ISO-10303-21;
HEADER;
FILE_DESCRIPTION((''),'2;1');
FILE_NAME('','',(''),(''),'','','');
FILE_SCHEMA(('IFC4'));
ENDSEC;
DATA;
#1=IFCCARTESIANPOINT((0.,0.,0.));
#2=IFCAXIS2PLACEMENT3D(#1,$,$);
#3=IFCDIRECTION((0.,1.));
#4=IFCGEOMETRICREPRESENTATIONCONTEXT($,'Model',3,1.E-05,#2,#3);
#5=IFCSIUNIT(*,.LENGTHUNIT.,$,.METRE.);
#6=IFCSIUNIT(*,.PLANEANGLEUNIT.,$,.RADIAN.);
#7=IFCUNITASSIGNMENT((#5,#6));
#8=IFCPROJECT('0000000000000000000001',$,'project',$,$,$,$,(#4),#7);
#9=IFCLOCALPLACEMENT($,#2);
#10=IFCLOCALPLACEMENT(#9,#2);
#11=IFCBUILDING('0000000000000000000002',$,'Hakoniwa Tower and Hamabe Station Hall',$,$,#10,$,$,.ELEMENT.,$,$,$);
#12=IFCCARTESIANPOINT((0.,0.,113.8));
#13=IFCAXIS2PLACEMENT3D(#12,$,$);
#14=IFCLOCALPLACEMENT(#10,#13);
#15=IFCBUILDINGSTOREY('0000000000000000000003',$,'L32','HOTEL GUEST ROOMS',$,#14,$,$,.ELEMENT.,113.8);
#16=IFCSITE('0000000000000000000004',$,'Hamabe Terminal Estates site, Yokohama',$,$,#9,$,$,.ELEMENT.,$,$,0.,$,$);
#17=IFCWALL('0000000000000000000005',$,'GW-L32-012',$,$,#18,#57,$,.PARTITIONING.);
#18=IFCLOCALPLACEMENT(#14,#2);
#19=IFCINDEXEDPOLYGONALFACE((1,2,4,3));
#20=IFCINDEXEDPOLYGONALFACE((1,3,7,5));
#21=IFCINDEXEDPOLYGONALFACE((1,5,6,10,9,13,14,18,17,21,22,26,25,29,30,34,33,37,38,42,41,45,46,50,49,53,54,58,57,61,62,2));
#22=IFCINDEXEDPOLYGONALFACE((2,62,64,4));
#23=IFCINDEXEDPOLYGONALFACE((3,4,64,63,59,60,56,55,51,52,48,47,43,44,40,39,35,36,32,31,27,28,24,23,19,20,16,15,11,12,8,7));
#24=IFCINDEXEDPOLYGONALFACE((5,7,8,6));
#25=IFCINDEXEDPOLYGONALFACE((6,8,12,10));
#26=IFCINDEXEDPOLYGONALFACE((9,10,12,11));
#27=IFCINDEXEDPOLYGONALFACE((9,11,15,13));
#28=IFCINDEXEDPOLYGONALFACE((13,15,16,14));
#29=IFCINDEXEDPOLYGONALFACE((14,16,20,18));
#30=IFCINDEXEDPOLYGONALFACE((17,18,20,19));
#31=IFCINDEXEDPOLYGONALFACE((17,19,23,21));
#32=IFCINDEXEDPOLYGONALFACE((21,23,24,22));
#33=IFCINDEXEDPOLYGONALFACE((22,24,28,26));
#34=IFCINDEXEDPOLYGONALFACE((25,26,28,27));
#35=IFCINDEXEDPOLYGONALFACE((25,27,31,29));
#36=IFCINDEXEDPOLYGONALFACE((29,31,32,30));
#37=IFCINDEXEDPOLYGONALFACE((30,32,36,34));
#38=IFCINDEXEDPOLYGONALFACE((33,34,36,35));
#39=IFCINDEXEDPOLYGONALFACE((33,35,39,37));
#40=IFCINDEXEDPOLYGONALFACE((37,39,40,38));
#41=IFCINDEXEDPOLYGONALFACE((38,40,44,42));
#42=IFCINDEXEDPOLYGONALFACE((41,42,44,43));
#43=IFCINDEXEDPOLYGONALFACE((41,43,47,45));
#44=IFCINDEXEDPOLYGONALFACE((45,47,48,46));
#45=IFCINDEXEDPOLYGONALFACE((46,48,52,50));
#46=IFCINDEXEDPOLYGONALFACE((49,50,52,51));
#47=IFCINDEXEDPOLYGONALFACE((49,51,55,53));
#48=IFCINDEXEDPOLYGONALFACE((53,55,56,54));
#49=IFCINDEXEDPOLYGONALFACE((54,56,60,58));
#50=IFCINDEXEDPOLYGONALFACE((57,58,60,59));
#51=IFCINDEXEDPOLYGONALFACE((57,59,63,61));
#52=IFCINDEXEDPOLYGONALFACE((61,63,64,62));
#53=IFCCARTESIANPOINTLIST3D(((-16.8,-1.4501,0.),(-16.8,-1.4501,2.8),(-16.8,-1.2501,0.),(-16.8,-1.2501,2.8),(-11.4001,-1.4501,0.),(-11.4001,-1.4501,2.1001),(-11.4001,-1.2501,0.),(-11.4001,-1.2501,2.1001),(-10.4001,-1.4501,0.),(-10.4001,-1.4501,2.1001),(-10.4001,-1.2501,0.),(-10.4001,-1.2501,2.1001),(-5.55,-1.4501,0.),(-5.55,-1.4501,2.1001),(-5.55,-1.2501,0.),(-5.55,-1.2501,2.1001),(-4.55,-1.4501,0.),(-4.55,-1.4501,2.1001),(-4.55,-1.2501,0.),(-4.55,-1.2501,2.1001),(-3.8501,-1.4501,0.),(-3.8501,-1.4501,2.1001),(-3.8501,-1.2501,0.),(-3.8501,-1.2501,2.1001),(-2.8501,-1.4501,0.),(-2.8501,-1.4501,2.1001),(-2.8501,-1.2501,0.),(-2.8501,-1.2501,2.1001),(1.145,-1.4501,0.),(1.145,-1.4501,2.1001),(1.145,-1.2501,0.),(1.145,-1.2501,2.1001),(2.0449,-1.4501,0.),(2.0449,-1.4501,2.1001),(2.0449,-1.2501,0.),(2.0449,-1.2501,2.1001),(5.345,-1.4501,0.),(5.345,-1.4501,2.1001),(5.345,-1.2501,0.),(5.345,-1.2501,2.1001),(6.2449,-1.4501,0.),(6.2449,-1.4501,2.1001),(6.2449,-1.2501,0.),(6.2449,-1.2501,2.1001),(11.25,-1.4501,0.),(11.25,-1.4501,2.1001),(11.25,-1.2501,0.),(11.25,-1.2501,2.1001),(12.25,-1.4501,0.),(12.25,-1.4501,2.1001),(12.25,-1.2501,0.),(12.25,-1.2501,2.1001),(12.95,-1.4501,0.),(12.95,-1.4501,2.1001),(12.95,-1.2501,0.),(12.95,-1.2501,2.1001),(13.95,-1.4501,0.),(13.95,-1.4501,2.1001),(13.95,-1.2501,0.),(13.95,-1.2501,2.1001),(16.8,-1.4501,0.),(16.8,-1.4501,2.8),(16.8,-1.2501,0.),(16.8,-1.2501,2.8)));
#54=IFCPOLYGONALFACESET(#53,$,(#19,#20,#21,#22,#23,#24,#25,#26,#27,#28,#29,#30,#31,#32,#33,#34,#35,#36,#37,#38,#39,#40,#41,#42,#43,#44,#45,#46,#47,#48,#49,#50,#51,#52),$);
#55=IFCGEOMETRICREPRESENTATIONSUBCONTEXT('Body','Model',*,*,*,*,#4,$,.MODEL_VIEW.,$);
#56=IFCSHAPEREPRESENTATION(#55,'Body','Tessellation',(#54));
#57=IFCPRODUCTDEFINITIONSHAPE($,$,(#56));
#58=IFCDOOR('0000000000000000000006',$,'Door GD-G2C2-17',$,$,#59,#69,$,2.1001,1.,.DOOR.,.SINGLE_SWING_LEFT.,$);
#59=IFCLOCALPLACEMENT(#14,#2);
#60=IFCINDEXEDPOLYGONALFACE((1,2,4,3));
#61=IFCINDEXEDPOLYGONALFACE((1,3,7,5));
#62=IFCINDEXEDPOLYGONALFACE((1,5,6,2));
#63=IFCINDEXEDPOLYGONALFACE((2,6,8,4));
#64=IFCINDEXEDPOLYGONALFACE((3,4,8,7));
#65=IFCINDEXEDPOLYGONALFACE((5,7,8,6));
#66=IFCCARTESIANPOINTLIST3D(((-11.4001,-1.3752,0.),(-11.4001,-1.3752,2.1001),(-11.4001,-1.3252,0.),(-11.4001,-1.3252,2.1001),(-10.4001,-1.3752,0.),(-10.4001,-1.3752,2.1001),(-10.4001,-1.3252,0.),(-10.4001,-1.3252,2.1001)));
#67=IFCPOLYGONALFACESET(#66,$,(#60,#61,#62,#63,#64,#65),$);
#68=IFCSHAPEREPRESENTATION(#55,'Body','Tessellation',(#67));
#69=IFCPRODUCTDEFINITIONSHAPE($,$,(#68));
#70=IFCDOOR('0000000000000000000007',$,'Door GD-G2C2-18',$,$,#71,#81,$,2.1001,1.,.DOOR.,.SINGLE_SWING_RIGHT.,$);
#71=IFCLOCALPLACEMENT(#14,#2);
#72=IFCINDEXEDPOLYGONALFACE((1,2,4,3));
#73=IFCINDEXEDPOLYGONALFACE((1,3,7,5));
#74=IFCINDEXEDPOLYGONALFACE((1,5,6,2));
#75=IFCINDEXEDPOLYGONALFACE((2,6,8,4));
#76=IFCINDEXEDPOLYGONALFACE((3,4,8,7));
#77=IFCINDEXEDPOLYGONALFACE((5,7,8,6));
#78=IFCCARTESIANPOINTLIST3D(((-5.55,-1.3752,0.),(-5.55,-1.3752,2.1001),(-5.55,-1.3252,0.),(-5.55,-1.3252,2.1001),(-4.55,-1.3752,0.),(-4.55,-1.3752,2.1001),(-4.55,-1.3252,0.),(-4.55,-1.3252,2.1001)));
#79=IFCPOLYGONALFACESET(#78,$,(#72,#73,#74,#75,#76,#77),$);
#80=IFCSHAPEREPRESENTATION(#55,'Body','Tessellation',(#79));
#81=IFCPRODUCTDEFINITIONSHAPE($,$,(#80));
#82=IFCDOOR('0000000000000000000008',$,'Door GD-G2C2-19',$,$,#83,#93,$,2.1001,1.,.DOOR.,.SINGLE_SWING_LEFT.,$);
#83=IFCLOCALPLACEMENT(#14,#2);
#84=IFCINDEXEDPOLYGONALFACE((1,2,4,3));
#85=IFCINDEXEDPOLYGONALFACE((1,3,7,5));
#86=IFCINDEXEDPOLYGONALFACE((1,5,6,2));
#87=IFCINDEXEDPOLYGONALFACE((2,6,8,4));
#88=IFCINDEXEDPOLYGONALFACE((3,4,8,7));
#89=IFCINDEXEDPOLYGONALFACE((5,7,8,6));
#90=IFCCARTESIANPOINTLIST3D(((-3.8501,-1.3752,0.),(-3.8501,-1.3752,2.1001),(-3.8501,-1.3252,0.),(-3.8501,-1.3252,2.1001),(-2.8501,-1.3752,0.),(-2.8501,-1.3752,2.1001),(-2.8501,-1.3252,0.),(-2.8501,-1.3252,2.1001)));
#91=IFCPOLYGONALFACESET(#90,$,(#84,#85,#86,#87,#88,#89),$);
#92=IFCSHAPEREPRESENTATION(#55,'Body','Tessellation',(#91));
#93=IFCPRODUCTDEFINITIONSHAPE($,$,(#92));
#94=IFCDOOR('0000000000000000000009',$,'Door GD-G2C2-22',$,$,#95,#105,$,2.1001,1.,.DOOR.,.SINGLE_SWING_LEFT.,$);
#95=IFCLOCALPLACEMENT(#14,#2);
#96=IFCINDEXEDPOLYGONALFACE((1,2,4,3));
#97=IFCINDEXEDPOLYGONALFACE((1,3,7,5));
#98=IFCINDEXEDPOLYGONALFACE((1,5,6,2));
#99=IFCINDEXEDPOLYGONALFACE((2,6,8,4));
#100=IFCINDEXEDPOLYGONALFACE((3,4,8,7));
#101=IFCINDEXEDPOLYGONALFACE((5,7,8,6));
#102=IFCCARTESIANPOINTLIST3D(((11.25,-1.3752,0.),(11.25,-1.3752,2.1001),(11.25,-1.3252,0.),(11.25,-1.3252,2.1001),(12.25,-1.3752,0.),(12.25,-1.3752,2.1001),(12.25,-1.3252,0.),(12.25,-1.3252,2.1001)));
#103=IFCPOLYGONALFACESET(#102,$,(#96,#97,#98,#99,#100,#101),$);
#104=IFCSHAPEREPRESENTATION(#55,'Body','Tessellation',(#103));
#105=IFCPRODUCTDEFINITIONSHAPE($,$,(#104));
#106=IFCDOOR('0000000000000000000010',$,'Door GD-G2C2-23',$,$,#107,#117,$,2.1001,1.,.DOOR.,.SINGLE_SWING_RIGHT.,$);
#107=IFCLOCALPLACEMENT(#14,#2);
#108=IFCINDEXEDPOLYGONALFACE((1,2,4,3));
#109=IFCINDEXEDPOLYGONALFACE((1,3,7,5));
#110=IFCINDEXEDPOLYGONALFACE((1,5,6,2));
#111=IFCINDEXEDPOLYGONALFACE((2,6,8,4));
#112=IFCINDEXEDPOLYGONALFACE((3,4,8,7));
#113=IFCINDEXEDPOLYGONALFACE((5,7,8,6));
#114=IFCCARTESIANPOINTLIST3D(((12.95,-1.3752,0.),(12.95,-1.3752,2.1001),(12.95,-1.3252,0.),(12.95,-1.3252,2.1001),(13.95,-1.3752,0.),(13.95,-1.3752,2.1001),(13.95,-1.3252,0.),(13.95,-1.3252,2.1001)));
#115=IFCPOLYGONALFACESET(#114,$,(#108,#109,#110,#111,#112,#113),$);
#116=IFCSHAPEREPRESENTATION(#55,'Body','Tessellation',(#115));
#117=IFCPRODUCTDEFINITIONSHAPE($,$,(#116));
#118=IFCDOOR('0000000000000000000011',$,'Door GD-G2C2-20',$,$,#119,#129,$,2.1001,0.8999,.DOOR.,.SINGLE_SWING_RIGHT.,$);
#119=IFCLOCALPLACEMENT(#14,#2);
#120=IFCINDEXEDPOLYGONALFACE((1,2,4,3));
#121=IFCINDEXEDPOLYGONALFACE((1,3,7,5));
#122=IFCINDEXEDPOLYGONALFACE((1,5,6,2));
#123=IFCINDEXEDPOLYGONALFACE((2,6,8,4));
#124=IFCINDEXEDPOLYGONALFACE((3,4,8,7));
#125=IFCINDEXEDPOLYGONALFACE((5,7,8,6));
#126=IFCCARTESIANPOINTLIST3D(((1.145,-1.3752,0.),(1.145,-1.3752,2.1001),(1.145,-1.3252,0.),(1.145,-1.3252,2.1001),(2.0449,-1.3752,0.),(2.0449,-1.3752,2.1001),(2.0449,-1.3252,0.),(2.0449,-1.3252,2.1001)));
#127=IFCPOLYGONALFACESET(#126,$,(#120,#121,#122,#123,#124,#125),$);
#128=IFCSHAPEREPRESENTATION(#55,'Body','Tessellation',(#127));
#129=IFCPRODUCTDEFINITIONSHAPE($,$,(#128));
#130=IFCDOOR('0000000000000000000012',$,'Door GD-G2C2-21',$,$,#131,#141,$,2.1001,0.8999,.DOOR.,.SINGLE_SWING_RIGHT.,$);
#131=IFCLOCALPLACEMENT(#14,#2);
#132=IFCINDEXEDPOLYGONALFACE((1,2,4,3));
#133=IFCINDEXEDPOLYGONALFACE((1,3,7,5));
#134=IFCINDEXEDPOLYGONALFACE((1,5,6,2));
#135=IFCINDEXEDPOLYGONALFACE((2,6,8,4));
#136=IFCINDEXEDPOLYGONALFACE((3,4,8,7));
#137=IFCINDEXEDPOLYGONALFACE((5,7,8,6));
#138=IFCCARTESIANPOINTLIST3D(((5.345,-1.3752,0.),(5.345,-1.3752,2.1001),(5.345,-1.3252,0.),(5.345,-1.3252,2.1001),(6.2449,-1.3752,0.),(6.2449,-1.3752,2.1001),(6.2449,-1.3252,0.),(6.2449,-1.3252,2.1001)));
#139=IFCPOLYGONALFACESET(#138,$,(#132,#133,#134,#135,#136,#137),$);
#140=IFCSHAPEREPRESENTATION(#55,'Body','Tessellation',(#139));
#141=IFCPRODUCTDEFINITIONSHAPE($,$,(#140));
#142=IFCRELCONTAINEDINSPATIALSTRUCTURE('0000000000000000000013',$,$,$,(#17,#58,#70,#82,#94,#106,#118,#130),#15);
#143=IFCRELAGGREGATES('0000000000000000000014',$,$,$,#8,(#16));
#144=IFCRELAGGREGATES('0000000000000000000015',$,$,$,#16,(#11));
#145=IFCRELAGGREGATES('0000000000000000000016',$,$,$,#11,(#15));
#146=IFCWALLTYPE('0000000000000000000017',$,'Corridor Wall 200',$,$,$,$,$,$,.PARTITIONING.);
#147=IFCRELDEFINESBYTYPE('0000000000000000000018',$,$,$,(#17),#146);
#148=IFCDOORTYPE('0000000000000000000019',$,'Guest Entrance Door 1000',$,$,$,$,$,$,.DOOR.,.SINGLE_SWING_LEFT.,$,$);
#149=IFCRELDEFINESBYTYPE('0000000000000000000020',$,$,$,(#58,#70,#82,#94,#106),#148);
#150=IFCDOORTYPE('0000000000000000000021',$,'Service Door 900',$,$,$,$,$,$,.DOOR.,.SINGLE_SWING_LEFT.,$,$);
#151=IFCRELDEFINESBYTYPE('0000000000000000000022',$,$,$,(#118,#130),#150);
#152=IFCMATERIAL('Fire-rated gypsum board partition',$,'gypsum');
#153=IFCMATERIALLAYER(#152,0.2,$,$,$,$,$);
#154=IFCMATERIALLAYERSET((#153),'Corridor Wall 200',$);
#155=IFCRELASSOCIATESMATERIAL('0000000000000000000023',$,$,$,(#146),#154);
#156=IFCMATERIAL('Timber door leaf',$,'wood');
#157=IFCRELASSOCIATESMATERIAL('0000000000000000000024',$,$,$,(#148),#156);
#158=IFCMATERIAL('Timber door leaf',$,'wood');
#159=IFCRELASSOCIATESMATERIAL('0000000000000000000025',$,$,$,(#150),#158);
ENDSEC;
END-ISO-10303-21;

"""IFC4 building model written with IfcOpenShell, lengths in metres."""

from ifc_helpers import new_model, si_unit, direction, frame, frame_2d, origin, place, context, subcontext, project, spatial, rectangle, extrude, material, layer, layer_set, type_object, element, fill, save


model = new_model("IFC4")

# Units and contexts
model_context = context("Model", 3, precision=1e-05, world=origin(), true_north=direction((0.0, 1.0)))
body_context = subcontext(model_context, "Body", "Model", "MODEL_VIEW")
ifc_project = project(units=[si_unit("LENGTHUNIT", "METRE"), si_unit("PLANEANGLEUNIT", "RADIAN")], contexts=[model_context])

# Site, building, storey
site_placement = place(None, origin())
site = spatial("IfcSite", under=ifc_project, at=site_placement, Name="Hamabe Terminal Estates site, Yokohama", CompositionType="ELEMENT", RefElevation=0.0)
building_placement = place(site_placement, origin())
building = spatial("IfcBuilding", under=site, at=building_placement, Name="Hakoniwa Tower and Hamabe Station Hall", CompositionType="ELEMENT")
storey_placement = place(building_placement, frame((0.0, 0.0, 113.8)))
storey = spatial("IfcBuildingStorey", under=building, at=storey_placement, Name="L32", Description="HOTEL GUEST ROOMS", CompositionType="ELEMENT", Elevation=113.8)

# Wall, openings, doors
ifc_material_1 = material(Name="Fire-rated gypsum board partition", Category="gypsum")
ifc_layer_1 = layer(ifc_material_1, 0.2)
ifc_layer_set_1 = layer_set([ifc_layer_1], Name="Corridor Wall 200")
wall_type_1 = type_object("IfcWallType", Name="Corridor Wall 200", PredefinedType="PARTITIONING", material=ifc_layer_set_1)
wall_1_placement = place(storey_placement, frame((-16.8, -1.3501, 0.0), z_axis=(0.0, 0.0, 1.0), x_axis=(1.0, 0.0, 0.0)))
wall_1 = element("IfcWall", 1, at=wall_1_placement, inside=storey, type_object=wall_type_1, Name="GW-L32-012", PredefinedType="PARTITIONING", context=body_context, shape_type="SweptSolid", body=[
    extrude(rectangle(XDim=33.6001, YDim=0.2, at=frame_2d((16.8, 0.0))), origin(), (0.0, 0.0, 1.0), 2.8),
])
opening_1_placement = place(wall_1_placement, frame((5.3999, 0.0, 0.0)))
opening_1 = element("IfcOpeningElement", 2, at=opening_1_placement, cuts=wall_1, PredefinedType="OPENING", context=body_context, shape_type="SweptSolid", body=[
    extrude(rectangle(XDim=1.0, YDim=2.1001, at=frame_2d((0.5, 1.05))), frame((0.0, 0.1099, 0.0), z_axis=(0.0, -1.0, 0.0), x_axis=(1.0, 0.0, 0.0)), (0.0, 0.0, 1.0), 0.22),
])
opening_2_placement = place(wall_1_placement, frame((11.25, 0.0, 0.0)))
opening_2 = element("IfcOpeningElement", 3, at=opening_2_placement, cuts=wall_1, PredefinedType="OPENING", context=body_context, shape_type="SweptSolid", body=[
    extrude(rectangle(XDim=1.0, YDim=2.1001, at=frame_2d((0.5, 1.05))), frame((0.0, 0.1099, 0.0), z_axis=(0.0, -1.0, 0.0), x_axis=(1.0, 0.0, 0.0)), (0.0, 0.0, 1.0), 0.22),
])
opening_3_placement = place(wall_1_placement, frame((12.95, 0.0, 0.0)))
opening_3 = element("IfcOpeningElement", 4, at=opening_3_placement, cuts=wall_1, PredefinedType="OPENING", context=body_context, shape_type="SweptSolid", body=[
    extrude(rectangle(XDim=1.0, YDim=2.1001, at=frame_2d((0.5, 1.05))), frame((0.0, 0.1099, 0.0), z_axis=(0.0, -1.0, 0.0), x_axis=(1.0, 0.0, 0.0)), (0.0, 0.0, 1.0), 0.22),
])
opening_4_placement = place(wall_1_placement, frame((17.9451, 0.0, 0.0)))
opening_4 = element("IfcOpeningElement", 5, at=opening_4_placement, cuts=wall_1, PredefinedType="OPENING", context=body_context, shape_type="SweptSolid", body=[
    extrude(rectangle(XDim=0.8999, YDim=2.1001, at=frame_2d((0.45, 1.05))), frame((0.0, 0.1099, 0.0), z_axis=(0.0, -1.0, 0.0), x_axis=(1.0, 0.0, 0.0)), (0.0, 0.0, 1.0), 0.22),
])
opening_5_placement = place(wall_1_placement, frame((22.145, 0.0, 0.0)))
opening_5 = element("IfcOpeningElement", 6, at=opening_5_placement, cuts=wall_1, PredefinedType="OPENING", context=body_context, shape_type="SweptSolid", body=[
    extrude(rectangle(XDim=0.8999, YDim=2.1001, at=frame_2d((0.45, 1.05))), frame((0.0, 0.1099, 0.0), z_axis=(0.0, -1.0, 0.0), x_axis=(1.0, 0.0, 0.0)), (0.0, 0.0, 1.0), 0.22),
])
opening_6_placement = place(wall_1_placement, frame((28.05, 0.0, 0.0)))
opening_6 = element("IfcOpeningElement", 7, at=opening_6_placement, cuts=wall_1, PredefinedType="OPENING", context=body_context, shape_type="SweptSolid", body=[
    extrude(rectangle(XDim=1.0, YDim=2.1001, at=frame_2d((0.5, 1.05))), frame((0.0, 0.1099, 0.0), z_axis=(0.0, -1.0, 0.0), x_axis=(1.0, 0.0, 0.0)), (0.0, 0.0, 1.0), 0.22),
])
opening_7_placement = place(wall_1_placement, frame((29.75, 0.0, 0.0)))
opening_7 = element("IfcOpeningElement", 8, at=opening_7_placement, cuts=wall_1, PredefinedType="OPENING", context=body_context, shape_type="SweptSolid", body=[
    extrude(rectangle(XDim=1.0, YDim=2.1001, at=frame_2d((0.5, 1.05))), frame((0.0, 0.1099, 0.0), z_axis=(0.0, -1.0, 0.0), x_axis=(1.0, 0.0, 0.0)), (0.0, 0.0, 1.0), 0.22),
])
ifc_material_2 = material(Name="Timber door leaf", Category="wood")
door_type_1 = type_object("IfcDoorType", Name="Guest Entrance Door 1000", OperationType="SINGLE_SWING_LEFT", PredefinedType="DOOR", material=ifc_material_2)
door_1_placement = place(opening_1_placement, origin())
door_1 = element("IfcDoor", 9, at=door_1_placement, inside=storey, type_object=door_type_1, Name="Door GD-G2C2-17", OperationType="SINGLE_SWING_LEFT", OverallHeight=2.1001, OverallWidth=1.0, PredefinedType="DOOR", context=body_context, shape_type="SweptSolid", body=[
    extrude(rectangle(XDim=1.0, YDim=2.1001, at=frame_2d((0.5, 1.05))), frame((0.0, 0.0249, 0.0), z_axis=(0.0, -1.0, 0.0), x_axis=(1.0, 0.0, 0.0)), (0.0, 0.0, 1.0), 0.05),
])
fill(opening_1, door_1)
door_2_placement = place(opening_2_placement, origin())
door_2 = element("IfcDoor", 10, at=door_2_placement, inside=storey, type_object=door_type_1, Name="Door GD-G2C2-18", OperationType="SINGLE_SWING_RIGHT", OverallHeight=2.1001, OverallWidth=1.0, PredefinedType="DOOR", context=body_context, shape_type="SweptSolid", body=[
    extrude(rectangle(XDim=1.0, YDim=2.1001, at=frame_2d((0.5, 1.05))), frame((0.0, 0.0249, 0.0), z_axis=(0.0, -1.0, 0.0), x_axis=(1.0, 0.0, 0.0)), (0.0, 0.0, 1.0), 0.05),
])
fill(opening_2, door_2)
door_3_placement = place(opening_3_placement, origin())
door_3 = element("IfcDoor", 11, at=door_3_placement, inside=storey, type_object=door_type_1, Name="Door GD-G2C2-19", OperationType="SINGLE_SWING_LEFT", OverallHeight=2.1001, OverallWidth=1.0, PredefinedType="DOOR", context=body_context, shape_type="SweptSolid", body=[
    extrude(rectangle(XDim=1.0, YDim=2.1001, at=frame_2d((0.5, 1.05))), frame((0.0, 0.0249, 0.0), z_axis=(0.0, -1.0, 0.0), x_axis=(1.0, 0.0, 0.0)), (0.0, 0.0, 1.0), 0.05),
])
fill(opening_3, door_3)
door_4_placement = place(opening_6_placement, origin())
door_4 = element("IfcDoor", 12, at=door_4_placement, inside=storey, type_object=door_type_1, Name="Door GD-G2C2-22", OperationType="SINGLE_SWING_LEFT", OverallHeight=2.1001, OverallWidth=1.0, PredefinedType="DOOR", context=body_context, shape_type="SweptSolid", body=[
    extrude(rectangle(XDim=1.0, YDim=2.1001, at=frame_2d((0.5, 1.05))), frame((0.0, 0.0249, 0.0), z_axis=(0.0, -1.0, 0.0), x_axis=(1.0, 0.0, 0.0)), (0.0, 0.0, 1.0), 0.05),
])
fill(opening_6, door_4)
door_5_placement = place(opening_7_placement, origin())
door_5 = element("IfcDoor", 13, at=door_5_placement, inside=storey, type_object=door_type_1, Name="Door GD-G2C2-23", OperationType="SINGLE_SWING_RIGHT", OverallHeight=2.1001, OverallWidth=1.0, PredefinedType="DOOR", context=body_context, shape_type="SweptSolid", body=[
    extrude(rectangle(XDim=1.0, YDim=2.1001, at=frame_2d((0.5, 1.05))), frame((0.0, 0.0249, 0.0), z_axis=(0.0, -1.0, 0.0), x_axis=(1.0, 0.0, 0.0)), (0.0, 0.0, 1.0), 0.05),
])
fill(opening_7, door_5)
ifc_material_3 = material(Name="Timber door leaf", Category="wood")
door_type_2 = type_object("IfcDoorType", Name="Service Door 900", OperationType="SINGLE_SWING_LEFT", PredefinedType="DOOR", material=ifc_material_3)
door_6_placement = place(opening_4_placement, origin())
door_6 = element("IfcDoor", 14, at=door_6_placement, inside=storey, type_object=door_type_2, Name="Door GD-G2C2-20", OperationType="SINGLE_SWING_RIGHT", OverallHeight=2.1001, OverallWidth=0.8999, PredefinedType="DOOR", context=body_context, shape_type="SweptSolid", body=[
    extrude(rectangle(XDim=0.8999, YDim=2.1001, at=frame_2d((0.45, 1.05))), frame((0.0, 0.0249, 0.0), z_axis=(0.0, -1.0, 0.0), x_axis=(1.0, 0.0, 0.0)), (0.0, 0.0, 1.0), 0.05),
])
fill(opening_4, door_6)
door_7_placement = place(opening_5_placement, origin())
door_7 = element("IfcDoor", 15, at=door_7_placement, inside=storey, type_object=door_type_2, Name="Door GD-G2C2-21", OperationType="SINGLE_SWING_RIGHT", OverallHeight=2.1001, OverallWidth=0.8999, PredefinedType="DOOR", context=body_context, shape_type="SweptSolid", body=[
    extrude(rectangle(XDim=0.8999, YDim=2.1001, at=frame_2d((0.45, 1.05))), frame((0.0, 0.0249, 0.0), z_axis=(0.0, -1.0, 0.0), x_axis=(1.0, 0.0, 0.0)), (0.0, 0.0, 1.0), 0.05),
])
fill(opening_5, door_7)

save(model, "model.ifc")
